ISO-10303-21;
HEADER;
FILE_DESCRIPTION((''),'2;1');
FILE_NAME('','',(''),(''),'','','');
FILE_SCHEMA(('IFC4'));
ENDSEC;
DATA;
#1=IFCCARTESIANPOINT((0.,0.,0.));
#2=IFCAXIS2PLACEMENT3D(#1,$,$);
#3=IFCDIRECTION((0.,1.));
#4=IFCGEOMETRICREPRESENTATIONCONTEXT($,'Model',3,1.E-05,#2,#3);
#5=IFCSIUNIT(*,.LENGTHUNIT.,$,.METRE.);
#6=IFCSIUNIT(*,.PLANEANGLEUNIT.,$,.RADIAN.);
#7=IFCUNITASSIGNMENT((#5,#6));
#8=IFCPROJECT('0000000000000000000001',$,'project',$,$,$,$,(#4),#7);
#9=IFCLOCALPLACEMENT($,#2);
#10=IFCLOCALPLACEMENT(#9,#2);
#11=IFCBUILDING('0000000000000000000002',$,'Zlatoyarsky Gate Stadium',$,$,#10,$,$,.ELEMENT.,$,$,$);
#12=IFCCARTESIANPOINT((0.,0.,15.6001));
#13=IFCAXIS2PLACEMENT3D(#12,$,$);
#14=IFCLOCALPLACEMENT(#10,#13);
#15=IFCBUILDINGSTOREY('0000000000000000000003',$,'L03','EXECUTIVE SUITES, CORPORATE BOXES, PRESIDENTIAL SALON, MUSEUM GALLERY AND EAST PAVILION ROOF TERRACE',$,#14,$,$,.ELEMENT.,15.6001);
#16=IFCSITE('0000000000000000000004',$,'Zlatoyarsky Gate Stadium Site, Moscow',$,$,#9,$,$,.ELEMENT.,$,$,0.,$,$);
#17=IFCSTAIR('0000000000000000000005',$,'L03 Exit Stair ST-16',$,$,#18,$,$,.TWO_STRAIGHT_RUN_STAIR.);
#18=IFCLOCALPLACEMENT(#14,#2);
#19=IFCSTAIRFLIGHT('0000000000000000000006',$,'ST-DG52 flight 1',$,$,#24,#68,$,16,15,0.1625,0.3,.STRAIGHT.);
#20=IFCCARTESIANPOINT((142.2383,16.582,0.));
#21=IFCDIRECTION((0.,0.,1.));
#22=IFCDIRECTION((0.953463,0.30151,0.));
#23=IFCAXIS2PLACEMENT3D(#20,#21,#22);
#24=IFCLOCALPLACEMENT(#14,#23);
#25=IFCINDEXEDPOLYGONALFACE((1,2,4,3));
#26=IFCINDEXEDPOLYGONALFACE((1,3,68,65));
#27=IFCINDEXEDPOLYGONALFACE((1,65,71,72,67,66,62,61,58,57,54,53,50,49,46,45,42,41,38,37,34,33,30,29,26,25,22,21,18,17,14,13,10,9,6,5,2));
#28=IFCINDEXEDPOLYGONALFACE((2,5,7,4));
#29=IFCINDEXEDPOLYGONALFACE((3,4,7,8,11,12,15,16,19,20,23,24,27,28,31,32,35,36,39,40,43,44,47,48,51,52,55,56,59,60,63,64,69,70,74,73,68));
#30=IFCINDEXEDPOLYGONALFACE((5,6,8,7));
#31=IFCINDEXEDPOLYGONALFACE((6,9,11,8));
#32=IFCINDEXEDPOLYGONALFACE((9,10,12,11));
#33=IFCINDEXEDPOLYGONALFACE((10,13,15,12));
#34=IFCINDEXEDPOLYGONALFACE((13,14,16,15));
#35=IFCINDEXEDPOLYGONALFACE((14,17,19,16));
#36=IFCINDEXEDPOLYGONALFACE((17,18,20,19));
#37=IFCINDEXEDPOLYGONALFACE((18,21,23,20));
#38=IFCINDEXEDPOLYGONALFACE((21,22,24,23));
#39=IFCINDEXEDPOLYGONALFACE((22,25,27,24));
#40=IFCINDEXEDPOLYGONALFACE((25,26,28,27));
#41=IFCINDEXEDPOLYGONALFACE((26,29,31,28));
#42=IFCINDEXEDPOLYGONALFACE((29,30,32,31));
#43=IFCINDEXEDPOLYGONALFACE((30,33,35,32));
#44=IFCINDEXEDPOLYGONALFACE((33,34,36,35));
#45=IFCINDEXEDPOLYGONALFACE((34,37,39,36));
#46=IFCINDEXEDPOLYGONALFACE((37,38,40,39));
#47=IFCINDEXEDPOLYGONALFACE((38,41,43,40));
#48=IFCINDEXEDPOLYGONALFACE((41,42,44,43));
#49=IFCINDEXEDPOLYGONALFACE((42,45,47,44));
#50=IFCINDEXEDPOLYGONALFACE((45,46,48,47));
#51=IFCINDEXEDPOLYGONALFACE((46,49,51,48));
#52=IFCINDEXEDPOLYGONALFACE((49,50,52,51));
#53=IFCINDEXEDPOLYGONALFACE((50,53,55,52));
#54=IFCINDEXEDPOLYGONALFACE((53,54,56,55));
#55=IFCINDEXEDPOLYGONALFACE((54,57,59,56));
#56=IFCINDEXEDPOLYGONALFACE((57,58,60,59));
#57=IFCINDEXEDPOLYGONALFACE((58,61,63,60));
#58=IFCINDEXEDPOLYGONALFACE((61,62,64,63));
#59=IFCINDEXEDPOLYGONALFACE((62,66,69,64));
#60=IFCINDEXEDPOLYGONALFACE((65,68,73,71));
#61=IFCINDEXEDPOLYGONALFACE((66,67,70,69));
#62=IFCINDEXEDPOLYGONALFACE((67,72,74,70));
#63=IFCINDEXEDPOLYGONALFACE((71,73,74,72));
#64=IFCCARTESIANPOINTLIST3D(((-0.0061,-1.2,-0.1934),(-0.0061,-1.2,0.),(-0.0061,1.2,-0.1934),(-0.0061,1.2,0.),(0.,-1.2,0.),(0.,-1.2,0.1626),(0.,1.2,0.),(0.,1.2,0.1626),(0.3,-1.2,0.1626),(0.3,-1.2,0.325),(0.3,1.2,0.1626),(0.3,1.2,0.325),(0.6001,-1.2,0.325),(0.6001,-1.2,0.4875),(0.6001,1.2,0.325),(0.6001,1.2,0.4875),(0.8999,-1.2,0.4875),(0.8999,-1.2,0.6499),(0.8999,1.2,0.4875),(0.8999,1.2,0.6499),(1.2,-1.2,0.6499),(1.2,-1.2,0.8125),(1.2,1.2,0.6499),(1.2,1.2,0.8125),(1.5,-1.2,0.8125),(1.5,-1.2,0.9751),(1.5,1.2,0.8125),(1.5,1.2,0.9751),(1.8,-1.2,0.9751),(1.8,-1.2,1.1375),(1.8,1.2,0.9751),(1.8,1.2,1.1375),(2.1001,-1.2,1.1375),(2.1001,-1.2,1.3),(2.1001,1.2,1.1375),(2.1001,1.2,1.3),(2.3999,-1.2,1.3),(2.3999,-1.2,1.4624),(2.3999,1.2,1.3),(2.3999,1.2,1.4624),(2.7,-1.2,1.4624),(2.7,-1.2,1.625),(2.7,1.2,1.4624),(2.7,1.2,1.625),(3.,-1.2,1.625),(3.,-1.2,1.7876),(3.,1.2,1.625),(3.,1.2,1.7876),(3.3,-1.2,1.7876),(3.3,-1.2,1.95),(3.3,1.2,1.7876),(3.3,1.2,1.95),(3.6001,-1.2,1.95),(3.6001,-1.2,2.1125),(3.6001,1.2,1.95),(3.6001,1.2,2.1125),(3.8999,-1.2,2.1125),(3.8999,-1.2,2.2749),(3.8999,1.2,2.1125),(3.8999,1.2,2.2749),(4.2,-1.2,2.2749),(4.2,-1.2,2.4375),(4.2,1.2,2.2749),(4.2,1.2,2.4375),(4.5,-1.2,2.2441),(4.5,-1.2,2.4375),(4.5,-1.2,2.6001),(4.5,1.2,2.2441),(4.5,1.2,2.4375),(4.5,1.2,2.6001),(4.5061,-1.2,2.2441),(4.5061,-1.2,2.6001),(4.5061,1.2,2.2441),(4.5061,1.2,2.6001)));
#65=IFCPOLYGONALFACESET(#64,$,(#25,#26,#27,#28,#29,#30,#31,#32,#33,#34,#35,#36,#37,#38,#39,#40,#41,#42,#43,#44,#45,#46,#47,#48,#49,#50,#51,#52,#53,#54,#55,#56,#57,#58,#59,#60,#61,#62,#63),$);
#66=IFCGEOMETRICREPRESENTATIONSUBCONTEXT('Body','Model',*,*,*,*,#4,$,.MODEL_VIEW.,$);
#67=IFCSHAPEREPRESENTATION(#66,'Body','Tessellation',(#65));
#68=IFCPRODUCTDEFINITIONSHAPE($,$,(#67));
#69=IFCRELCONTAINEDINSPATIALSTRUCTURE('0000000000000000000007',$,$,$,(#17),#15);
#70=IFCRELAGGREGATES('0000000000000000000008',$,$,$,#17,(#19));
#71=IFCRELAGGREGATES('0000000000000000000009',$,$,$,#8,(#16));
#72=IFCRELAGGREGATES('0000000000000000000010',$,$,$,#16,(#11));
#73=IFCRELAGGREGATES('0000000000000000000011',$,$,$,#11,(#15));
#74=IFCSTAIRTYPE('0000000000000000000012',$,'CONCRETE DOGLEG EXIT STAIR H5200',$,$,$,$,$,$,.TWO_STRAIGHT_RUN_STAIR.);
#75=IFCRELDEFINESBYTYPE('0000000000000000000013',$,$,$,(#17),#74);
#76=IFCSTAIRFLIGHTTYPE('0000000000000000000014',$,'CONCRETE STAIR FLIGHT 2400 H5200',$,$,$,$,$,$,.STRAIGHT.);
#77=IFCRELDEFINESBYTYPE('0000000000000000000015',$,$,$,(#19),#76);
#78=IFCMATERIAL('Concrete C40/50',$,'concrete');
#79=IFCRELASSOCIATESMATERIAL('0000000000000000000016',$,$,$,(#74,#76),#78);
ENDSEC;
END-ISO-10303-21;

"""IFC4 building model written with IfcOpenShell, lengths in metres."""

from ifc_helpers import new_model, si_unit, direction, frame, origin, place, context, subcontext, project, spatial, polyline, outline, extrude, material, type_object, element, aggregate, save


model = new_model("IFC4")

# Units and contexts
model_context = context("Model", 3, precision=1e-05, world=origin(), true_north=direction((0.0, 1.0)))
body_context = subcontext(model_context, "Body", "Model", "MODEL_VIEW")
ifc_project = project(units=[si_unit("LENGTHUNIT", "METRE"), si_unit("PLANEANGLEUNIT", "RADIAN")], contexts=[model_context])

# Site, building, storey
site_placement = place(None, origin())
site = spatial("IfcSite", under=ifc_project, at=site_placement, Name="Zlatoyarsky Gate Stadium Site, Moscow", CompositionType="ELEMENT", RefElevation=0.0)
building_placement = place(site_placement, origin())
building = spatial("IfcBuilding", under=site, at=building_placement, Name="Zlatoyarsky Gate Stadium", CompositionType="ELEMENT")
storey_placement = place(building_placement, frame((0.0, 0.0, 15.6001)))
storey = spatial("IfcBuildingStorey", under=building, at=storey_placement, Name="L03", Description="EXECUTIVE SUITES, CORPORATE BOXES, PRESIDENTIAL SALON, MUSEUM GALLERY AND EAST PAVILION ROOF TERRACE", CompositionType="ELEMENT", Elevation=15.6001)

# Shared definitions
ifc_material_1 = material(Name="Concrete C40/50", Category="concrete")

# Stair, stair flight
stair_type = type_object("IfcStairType", Name="CONCRETE DOGLEG EXIT STAIR H5200", PredefinedType="TWO_STRAIGHT_RUN_STAIR", material=ifc_material_1)
stair_placement = place(storey_placement, origin())
stair = element("IfcStair", 1, at=stair_placement, inside=storey, type_object=stair_type, Name="L03 Exit Stair ST-16", PredefinedType="TWO_STRAIGHT_RUN_STAIR")
stair_flight_type = type_object("IfcStairFlightType", Name="CONCRETE STAIR FLIGHT 2400 H5200", PredefinedType="STRAIGHT", material=ifc_material_1)
stair_flight_placement = place(storey_placement, frame((142.2383, 16.582, 0.0), z_axis=(0.0, 0.0, 1.0), x_axis=(0.953463, 0.30151, 0.0)))
stair_flight = element("IfcStairFlight", 2, at=stair_flight_placement, type_object=stair_flight_type, Name="ST-DG52 flight 1", NumberOfRisers=16, NumberOfTreads=15, PredefinedType="STRAIGHT", RiserHeight=0.1625, TreadLength=0.3, context=body_context, shape_type="SweptSolid", body=[
    extrude(outline(polyline([(-0.0061, -0.1934), (-0.0061, 0.0), (0.0, 0.0), (0.0, 0.1626), (0.3, 0.1626), (0.3, 0.325), (0.6001, 0.325), (0.6001, 0.4875), (0.8999, 0.4875), (0.8999, 0.6499), (1.2, 0.6499), (1.2, 0.8125), (1.5, 0.8125), (1.5, 0.9751), (1.8, 0.9751), (1.8, 1.1375), (2.1001, 1.1375), (2.1001, 1.3), (2.3999, 1.3), (2.3999, 1.4624), (2.7, 1.4624), (2.7, 1.625), (3.0, 1.625), (3.0, 1.7876), (3.3, 1.7876), (3.3, 1.95), (3.6001, 1.95), (3.6001, 2.1125), (3.8999, 2.1125), (3.8999, 2.2749), (4.2, 2.2749), (4.2, 2.4375), (4.5, 2.4375), (4.5, 2.6001), (4.5061, 2.6001), (4.5061, 2.2441), (4.5, 2.2441), (-0.0061, -0.1934)])), frame((0.0, 1.2, 0.0), z_axis=(0.0, -1.0, 0.0), x_axis=(1.0, 0.0, 0.0)), (0.0, 0.0, 1.0), 2.3999),
])
aggregate(stair, [stair_flight])

save(model, "model.ifc")
